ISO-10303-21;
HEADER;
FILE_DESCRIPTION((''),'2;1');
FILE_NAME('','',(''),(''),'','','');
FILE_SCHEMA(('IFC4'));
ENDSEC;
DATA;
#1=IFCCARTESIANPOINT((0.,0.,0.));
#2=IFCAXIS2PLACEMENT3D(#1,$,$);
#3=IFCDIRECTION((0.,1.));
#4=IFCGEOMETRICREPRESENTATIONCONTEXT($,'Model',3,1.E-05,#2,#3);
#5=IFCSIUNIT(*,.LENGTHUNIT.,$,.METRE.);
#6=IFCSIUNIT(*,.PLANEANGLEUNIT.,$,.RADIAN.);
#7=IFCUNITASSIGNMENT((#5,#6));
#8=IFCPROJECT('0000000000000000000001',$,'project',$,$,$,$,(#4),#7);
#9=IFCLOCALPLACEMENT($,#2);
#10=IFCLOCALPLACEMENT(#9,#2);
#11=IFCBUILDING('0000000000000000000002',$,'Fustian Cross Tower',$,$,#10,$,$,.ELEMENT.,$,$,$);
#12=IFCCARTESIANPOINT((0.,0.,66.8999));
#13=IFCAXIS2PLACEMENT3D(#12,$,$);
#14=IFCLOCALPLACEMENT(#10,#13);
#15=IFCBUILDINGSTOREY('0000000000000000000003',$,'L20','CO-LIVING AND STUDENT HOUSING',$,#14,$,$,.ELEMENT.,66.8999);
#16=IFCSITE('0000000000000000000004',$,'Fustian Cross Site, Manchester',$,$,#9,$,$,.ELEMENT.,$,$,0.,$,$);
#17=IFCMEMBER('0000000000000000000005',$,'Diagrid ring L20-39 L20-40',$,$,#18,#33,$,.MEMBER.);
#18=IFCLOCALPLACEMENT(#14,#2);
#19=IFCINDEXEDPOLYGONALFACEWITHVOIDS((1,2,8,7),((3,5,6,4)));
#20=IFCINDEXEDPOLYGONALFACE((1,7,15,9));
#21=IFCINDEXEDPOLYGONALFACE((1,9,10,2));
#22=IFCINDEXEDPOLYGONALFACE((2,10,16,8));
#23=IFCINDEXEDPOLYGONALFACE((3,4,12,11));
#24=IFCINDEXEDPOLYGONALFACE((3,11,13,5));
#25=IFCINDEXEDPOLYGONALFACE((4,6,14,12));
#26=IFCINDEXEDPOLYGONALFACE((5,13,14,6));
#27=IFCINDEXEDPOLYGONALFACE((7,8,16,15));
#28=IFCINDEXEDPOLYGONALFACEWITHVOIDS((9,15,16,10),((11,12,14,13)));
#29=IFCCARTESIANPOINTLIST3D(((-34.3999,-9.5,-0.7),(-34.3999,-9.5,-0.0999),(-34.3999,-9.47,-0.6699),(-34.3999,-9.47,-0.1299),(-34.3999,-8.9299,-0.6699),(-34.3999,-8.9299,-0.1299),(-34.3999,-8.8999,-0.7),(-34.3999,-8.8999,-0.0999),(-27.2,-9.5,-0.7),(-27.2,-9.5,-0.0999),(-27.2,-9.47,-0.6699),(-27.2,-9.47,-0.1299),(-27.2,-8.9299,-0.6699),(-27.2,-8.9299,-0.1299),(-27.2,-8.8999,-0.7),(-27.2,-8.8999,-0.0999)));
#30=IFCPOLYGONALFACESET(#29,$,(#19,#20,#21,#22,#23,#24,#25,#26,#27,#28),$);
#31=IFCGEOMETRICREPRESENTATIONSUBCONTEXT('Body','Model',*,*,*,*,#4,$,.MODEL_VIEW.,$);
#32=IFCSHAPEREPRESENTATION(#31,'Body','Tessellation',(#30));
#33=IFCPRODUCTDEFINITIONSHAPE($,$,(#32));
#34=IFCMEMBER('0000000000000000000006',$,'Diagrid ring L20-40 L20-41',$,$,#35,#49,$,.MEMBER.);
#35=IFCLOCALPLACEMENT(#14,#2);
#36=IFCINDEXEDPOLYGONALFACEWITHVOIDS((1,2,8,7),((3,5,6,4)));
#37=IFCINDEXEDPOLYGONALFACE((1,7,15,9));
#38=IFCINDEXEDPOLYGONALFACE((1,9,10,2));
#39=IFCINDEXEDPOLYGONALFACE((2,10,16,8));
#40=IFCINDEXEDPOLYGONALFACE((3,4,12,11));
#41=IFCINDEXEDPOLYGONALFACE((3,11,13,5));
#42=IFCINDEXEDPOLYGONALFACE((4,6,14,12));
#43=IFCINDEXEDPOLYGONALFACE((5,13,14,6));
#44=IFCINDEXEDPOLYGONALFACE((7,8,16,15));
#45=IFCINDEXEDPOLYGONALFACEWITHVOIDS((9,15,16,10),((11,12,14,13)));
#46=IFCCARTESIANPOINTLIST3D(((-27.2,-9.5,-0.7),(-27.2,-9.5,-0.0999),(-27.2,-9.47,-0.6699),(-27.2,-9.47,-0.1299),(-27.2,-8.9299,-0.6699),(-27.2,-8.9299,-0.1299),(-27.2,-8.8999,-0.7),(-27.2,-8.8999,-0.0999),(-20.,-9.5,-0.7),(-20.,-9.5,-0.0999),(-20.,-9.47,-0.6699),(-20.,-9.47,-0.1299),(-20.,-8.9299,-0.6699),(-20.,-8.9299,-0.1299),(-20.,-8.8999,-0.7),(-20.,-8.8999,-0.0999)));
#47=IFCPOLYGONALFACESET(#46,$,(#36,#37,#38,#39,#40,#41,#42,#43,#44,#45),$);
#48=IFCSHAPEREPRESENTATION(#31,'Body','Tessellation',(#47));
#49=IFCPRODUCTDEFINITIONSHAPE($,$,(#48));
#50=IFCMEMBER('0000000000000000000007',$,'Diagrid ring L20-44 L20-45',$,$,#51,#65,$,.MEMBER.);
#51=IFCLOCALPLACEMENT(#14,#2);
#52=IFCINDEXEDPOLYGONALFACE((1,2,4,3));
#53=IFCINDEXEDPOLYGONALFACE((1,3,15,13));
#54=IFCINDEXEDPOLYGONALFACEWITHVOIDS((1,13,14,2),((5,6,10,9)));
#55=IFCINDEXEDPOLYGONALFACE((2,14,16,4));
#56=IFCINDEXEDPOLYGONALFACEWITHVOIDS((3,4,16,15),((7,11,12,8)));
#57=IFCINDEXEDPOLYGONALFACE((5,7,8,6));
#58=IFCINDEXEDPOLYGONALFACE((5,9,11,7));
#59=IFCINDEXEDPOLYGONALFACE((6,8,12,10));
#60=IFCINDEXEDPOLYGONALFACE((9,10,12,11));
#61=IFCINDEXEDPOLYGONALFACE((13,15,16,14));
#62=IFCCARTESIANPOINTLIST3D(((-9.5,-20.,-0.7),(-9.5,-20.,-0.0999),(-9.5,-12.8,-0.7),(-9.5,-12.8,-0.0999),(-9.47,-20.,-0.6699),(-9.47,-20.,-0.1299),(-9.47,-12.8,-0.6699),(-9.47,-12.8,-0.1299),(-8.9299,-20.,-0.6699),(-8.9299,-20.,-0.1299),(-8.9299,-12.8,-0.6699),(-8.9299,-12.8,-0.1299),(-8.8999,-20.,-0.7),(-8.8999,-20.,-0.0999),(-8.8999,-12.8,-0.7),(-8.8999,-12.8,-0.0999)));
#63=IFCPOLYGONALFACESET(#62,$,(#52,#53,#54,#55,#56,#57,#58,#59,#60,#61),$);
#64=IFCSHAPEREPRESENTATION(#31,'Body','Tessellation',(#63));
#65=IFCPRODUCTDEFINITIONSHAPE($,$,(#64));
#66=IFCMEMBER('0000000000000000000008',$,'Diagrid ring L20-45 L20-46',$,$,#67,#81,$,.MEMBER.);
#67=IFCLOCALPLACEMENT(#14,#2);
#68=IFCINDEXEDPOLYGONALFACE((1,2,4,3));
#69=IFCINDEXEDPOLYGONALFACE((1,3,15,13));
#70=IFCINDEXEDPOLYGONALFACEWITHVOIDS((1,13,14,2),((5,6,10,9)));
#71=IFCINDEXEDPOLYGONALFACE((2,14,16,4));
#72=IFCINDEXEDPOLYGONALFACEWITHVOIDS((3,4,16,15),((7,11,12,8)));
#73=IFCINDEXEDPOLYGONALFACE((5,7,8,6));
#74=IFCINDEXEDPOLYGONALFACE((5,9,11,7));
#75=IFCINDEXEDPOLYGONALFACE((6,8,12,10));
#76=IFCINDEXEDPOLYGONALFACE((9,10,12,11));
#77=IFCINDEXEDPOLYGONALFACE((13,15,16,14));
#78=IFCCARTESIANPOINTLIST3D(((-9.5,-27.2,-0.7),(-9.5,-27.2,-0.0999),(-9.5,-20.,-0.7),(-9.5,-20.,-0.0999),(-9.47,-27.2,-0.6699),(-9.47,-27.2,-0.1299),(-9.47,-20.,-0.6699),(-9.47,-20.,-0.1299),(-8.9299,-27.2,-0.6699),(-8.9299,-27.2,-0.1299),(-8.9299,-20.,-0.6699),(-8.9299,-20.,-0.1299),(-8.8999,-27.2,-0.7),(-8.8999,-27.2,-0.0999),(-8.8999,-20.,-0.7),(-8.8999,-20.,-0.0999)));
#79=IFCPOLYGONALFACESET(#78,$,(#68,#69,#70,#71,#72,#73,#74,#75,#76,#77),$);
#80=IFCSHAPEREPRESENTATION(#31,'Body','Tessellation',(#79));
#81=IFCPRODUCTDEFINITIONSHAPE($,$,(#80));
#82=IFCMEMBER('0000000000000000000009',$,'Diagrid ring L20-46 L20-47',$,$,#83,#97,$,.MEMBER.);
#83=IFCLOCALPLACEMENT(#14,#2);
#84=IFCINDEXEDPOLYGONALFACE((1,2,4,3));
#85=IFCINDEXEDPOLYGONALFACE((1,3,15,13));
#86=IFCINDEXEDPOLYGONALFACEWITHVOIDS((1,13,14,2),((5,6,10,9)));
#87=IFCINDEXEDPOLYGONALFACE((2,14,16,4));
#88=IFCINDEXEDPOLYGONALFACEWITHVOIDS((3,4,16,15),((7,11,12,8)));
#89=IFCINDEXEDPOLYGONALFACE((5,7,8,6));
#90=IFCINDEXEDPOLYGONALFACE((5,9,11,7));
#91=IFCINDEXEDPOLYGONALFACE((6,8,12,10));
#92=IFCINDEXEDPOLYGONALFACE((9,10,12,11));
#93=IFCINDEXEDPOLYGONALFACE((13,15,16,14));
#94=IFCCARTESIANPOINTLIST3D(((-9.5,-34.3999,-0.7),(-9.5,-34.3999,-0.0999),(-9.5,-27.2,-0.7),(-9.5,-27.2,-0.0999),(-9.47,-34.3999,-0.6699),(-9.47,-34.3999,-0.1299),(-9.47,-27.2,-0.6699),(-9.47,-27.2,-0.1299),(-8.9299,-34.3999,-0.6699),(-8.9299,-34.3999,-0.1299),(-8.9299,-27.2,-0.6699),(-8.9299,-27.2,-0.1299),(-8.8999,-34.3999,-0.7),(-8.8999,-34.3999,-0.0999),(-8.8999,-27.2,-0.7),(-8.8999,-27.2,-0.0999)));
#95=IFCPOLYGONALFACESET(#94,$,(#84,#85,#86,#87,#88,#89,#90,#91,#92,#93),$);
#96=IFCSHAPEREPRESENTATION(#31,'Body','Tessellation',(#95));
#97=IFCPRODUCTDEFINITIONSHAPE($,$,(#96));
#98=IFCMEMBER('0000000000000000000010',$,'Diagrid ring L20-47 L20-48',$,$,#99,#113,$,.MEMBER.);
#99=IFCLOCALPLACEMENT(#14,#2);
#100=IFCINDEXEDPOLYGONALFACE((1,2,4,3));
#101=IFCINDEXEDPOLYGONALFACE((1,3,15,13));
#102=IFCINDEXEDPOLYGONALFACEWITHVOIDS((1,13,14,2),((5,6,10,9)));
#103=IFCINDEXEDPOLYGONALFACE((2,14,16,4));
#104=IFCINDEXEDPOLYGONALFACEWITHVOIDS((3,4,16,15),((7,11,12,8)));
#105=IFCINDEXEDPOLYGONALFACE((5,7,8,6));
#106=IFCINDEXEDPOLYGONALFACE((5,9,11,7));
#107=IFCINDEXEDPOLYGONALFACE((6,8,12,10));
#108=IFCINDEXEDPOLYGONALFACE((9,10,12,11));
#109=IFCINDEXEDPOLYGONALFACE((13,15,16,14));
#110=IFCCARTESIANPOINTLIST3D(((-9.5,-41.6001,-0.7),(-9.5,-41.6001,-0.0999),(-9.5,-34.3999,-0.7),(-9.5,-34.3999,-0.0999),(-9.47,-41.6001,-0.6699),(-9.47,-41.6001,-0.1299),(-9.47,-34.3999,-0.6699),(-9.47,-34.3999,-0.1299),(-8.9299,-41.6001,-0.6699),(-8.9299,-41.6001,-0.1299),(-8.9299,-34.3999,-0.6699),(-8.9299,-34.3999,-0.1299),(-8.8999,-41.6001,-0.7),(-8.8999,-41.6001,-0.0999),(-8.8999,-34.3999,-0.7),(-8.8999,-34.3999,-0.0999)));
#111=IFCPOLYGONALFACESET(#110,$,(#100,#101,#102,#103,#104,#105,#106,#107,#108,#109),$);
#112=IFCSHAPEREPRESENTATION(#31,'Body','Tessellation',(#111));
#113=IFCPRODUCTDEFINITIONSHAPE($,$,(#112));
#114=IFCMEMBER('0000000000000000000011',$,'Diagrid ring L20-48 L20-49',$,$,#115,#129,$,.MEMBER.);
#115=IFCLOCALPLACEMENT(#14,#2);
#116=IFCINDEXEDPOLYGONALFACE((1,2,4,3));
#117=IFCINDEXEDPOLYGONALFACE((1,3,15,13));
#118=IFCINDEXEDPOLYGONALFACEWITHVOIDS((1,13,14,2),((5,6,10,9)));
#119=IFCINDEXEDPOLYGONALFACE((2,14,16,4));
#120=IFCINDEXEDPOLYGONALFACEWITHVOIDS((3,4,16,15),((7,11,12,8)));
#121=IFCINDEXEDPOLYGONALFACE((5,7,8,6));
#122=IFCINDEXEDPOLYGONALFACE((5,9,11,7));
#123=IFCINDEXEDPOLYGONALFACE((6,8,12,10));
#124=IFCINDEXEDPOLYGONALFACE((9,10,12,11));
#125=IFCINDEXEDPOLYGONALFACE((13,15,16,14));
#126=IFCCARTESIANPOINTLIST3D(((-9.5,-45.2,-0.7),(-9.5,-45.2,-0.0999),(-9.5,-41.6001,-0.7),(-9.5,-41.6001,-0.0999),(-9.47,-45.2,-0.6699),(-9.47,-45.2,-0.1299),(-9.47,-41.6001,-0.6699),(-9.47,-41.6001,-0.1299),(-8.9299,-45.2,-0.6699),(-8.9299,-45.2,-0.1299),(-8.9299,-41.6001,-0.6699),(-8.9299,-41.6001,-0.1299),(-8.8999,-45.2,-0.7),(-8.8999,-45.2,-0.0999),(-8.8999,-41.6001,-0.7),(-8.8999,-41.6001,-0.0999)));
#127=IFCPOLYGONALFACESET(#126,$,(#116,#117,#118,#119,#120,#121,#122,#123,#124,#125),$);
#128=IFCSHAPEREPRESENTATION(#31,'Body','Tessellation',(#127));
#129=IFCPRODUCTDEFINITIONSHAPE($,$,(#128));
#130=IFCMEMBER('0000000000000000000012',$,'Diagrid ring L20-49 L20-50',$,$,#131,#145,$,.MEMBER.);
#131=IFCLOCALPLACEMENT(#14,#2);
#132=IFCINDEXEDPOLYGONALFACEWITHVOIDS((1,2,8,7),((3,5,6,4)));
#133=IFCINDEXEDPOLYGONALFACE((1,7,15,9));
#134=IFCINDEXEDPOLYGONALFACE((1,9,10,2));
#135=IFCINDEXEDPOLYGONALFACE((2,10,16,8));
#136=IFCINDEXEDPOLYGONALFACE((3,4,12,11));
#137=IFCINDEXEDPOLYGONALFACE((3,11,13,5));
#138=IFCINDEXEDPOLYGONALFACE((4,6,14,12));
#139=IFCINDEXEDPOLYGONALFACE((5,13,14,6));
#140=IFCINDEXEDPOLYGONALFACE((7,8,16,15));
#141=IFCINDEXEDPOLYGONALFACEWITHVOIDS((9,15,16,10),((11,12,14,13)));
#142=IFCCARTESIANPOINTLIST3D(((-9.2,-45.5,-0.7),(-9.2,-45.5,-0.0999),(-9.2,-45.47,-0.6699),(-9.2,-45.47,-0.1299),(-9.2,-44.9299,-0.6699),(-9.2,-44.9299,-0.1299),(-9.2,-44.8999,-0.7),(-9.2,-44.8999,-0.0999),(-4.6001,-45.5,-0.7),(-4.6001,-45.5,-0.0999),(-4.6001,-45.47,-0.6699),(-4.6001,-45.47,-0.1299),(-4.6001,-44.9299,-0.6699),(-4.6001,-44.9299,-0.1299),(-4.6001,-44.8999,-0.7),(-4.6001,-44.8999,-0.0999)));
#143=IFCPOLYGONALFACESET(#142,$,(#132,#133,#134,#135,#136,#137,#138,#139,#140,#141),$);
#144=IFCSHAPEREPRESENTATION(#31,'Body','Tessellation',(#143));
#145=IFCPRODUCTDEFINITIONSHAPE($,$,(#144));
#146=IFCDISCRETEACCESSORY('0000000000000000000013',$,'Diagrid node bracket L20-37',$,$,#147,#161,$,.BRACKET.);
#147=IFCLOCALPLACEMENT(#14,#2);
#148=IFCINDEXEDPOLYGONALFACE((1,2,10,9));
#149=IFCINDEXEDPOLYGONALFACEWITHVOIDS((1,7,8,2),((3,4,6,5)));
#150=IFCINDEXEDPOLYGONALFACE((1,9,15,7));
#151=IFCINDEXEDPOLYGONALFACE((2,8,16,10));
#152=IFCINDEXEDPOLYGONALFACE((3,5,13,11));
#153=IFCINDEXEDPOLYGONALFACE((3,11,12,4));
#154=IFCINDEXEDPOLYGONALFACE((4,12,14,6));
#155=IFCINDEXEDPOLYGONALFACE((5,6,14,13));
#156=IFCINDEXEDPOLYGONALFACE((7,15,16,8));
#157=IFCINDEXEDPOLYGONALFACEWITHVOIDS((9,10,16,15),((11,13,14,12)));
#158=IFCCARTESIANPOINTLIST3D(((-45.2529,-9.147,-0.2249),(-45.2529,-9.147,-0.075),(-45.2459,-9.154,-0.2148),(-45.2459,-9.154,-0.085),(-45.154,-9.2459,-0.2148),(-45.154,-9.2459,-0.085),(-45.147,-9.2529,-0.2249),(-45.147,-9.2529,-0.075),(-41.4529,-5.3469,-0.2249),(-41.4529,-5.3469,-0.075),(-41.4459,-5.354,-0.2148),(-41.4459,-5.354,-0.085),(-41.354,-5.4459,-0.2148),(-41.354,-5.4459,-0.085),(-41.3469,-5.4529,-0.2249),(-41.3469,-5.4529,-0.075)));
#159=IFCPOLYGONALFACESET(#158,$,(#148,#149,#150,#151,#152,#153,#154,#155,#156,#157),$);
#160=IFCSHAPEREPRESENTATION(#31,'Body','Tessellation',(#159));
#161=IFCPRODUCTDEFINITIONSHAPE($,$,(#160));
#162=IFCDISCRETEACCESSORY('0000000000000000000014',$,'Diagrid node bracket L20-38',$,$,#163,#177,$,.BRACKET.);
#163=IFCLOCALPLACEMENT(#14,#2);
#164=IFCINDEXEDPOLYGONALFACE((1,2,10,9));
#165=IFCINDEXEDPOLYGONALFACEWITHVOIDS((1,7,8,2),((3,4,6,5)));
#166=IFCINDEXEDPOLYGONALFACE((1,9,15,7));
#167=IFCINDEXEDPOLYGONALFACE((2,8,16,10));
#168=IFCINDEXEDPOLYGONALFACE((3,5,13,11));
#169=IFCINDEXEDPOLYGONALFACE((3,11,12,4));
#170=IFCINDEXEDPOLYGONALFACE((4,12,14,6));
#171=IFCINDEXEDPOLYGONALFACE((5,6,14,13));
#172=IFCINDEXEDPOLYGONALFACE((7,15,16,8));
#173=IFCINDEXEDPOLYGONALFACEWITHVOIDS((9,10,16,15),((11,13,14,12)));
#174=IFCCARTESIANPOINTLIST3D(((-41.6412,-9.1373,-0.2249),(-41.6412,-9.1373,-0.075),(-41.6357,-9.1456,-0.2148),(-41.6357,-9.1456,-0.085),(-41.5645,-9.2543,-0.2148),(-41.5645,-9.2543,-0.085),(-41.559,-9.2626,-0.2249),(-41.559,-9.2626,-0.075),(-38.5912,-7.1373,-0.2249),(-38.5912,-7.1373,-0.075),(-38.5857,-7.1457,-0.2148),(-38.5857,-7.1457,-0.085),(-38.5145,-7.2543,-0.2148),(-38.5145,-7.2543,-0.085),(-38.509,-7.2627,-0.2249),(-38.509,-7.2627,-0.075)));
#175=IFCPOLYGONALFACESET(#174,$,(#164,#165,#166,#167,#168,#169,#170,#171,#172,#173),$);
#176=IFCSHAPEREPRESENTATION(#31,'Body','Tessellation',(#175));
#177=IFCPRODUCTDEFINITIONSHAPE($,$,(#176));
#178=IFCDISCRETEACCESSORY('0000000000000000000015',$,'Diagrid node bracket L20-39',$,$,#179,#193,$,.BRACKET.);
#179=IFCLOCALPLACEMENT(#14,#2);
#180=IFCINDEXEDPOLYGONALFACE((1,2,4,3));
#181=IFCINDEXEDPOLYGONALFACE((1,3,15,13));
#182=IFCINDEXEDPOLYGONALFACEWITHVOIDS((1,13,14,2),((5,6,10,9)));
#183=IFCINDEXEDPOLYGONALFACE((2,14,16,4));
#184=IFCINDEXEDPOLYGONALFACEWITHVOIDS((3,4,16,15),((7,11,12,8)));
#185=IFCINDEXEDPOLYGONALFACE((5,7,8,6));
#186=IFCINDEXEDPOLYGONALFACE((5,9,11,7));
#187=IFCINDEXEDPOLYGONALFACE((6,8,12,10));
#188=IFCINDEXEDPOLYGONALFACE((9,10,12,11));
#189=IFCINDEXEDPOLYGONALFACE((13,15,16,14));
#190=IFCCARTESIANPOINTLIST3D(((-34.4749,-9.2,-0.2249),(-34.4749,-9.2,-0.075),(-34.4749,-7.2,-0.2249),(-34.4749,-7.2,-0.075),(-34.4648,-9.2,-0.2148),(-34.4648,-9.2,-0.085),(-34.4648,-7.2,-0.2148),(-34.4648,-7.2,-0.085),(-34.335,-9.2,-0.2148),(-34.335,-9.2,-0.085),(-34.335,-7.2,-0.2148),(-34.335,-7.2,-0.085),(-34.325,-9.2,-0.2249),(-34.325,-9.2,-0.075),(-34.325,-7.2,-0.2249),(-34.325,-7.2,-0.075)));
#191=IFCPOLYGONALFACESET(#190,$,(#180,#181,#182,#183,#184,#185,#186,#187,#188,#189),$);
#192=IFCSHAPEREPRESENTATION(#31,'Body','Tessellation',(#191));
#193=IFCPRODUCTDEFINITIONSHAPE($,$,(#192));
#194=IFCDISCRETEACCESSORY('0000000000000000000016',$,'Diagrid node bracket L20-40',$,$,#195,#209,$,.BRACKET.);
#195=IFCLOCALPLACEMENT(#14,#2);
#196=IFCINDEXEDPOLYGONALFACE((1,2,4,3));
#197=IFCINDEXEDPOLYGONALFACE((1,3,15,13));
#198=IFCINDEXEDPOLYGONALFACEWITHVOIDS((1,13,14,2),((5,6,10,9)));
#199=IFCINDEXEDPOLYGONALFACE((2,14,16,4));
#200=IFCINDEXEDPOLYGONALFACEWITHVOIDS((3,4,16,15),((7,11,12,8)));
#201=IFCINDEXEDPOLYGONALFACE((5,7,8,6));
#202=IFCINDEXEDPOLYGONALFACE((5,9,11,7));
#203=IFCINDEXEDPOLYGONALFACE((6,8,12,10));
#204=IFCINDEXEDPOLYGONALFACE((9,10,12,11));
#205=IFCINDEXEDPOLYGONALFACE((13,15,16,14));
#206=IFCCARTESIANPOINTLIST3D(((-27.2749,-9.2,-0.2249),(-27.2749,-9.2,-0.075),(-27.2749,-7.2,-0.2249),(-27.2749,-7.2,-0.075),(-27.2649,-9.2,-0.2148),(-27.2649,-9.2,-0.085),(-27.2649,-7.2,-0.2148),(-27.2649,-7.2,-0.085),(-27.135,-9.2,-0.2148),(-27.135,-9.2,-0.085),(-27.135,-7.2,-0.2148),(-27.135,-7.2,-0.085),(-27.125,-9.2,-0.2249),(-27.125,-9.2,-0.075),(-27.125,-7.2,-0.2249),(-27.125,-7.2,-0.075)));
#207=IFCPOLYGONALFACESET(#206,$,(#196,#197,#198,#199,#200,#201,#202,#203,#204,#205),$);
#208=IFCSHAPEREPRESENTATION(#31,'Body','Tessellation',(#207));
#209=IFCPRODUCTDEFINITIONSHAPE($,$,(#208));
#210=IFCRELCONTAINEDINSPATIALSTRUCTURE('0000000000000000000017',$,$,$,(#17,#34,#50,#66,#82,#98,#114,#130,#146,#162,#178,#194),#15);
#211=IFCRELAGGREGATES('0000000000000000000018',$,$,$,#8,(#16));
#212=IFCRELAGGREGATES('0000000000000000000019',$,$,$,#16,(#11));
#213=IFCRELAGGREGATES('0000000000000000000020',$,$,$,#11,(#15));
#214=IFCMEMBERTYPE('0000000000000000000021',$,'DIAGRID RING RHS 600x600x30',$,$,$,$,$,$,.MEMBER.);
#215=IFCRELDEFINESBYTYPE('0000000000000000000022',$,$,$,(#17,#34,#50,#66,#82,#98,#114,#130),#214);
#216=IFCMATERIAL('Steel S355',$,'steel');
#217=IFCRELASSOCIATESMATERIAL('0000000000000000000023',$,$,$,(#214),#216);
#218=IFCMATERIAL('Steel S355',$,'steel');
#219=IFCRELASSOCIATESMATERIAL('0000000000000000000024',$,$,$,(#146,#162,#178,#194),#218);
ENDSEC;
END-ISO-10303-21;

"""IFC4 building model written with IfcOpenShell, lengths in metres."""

from ifc_helpers import new_model, si_unit, direction, frame, origin, origin_2d, place, context, subcontext, project, spatial, hollow_rectangle, extrude, material, material_profile, profile_set, type_object, element, save


model = new_model("IFC4")

# Units and contexts
model_context = context("Model", 3, precision=1e-05, world=origin(), true_north=direction((0.0, 1.0)))
body_context = subcontext(model_context, "Body", "Model", "MODEL_VIEW")
ifc_project = project(units=[si_unit("LENGTHUNIT", "METRE"), si_unit("PLANEANGLEUNIT", "RADIAN")], contexts=[model_context])

# Site, building, storey
site_placement = place(None, origin())
site = spatial("IfcSite", under=ifc_project, at=site_placement, Name="Fustian Cross Site, Manchester", CompositionType="ELEMENT", RefElevation=0.0)
building_placement = place(site_placement, origin())
building = spatial("IfcBuilding", under=site, at=building_placement, Name="Fustian Cross Tower", CompositionType="ELEMENT")
storey_placement = place(building_placement, frame((0.0, 0.0, 66.8999)))
storey = spatial("IfcBuildingStorey", under=building, at=storey_placement, Name="L20", Description="CO-LIVING AND STUDENT HOUSING", CompositionType="ELEMENT", Elevation=66.8999)

# Members
ifc_material_1 = material(Name="Steel S355", Category="steel")
ifc_material_profile_1 = material_profile(ifc_material_1, hollow_rectangle(XDim=0.6001, YDim=0.6001, WallThickness=0.03, at=origin_2d()), Name="RHS 600x600x30")
ifc_profile_set_1 = profile_set([ifc_material_profile_1], Name="Steel S355")
member_type_1 = type_object("IfcMemberType", Name="DIAGRID RING RHS 600x600x30", PredefinedType="MEMBER", material=ifc_profile_set_1)
for number, where, z_axis, x_axis, name in (
    (1, (-34.3999, -9.2, -0.3999), (1.0, 0.0, 0.0), (0.0, 1.0, 0.0), "Diagrid ring L20-39 L20-40"),
    (2, (-27.2, -9.2, -0.3999), (1.0, 0.0, 0.0), (0.0, 1.0, 0.0), "Diagrid ring L20-40 L20-41"),
    (3, (-9.2, -12.8, -0.3999), (0.0, -1.0, 0.0), (1.0, 0.0, 0.0), "Diagrid ring L20-44 L20-45"),
    (4, (-9.2, -20.0, -0.3999), (0.0, -1.0, 0.0), (1.0, 0.0, 0.0), "Diagrid ring L20-45 L20-46"),
    (5, (-9.2, -27.2, -0.3999), (0.0, -1.0, 0.0), (1.0, 0.0, 0.0), "Diagrid ring L20-46 L20-47"),
):
    element("IfcMember", number, at=place(storey_placement, frame(where, z_axis=z_axis, x_axis=x_axis)), inside=storey, type_object=member_type_1, Name=name, PredefinedType="MEMBER", context=body_context, shape_type="SweptSolid", body=[
        extrude(hollow_rectangle(XDim=0.6001, YDim=0.6001, WallThickness=0.03, at=origin_2d()), origin(), (0.0, 0.0, 1.0), 7.2),
    ])
member_1_placement = place(storey_placement, frame((-9.2, -34.3999, -0.3999), z_axis=(0.0, -1.0, 0.0), x_axis=(1.0, 0.0, 0.0)))
element("IfcMember", 6, at=member_1_placement, inside=storey, type_object=member_type_1, Name="Diagrid ring L20-47 L20-48", PredefinedType="MEMBER", context=body_context, shape_type="SweptSolid", body=[
    extrude(hollow_rectangle(XDim=0.6001, YDim=0.6001, WallThickness=0.03, at=origin_2d()), origin(), (0.0, 0.0, 1.0), 7.2002),
])
member_2_placement = place(storey_placement, frame((-9.2, -41.6001, -0.3999), z_axis=(0.0, -1.0, 0.0), x_axis=(1.0, 0.0, 0.0)))
element("IfcMember", 7, at=member_2_placement, inside=storey, type_object=member_type_1, Name="Diagrid ring L20-48 L20-49", PredefinedType="MEMBER", context=body_context, shape_type="SweptSolid", body=[
    extrude(hollow_rectangle(XDim=0.6001, YDim=0.6001, WallThickness=0.03, at=origin_2d()), origin(), (0.0, 0.0, 1.0), 3.5999),
])
member_3_placement = place(storey_placement, frame((-9.2, -45.2, -0.3999), z_axis=(1.0, 0.0, 0.0), x_axis=(0.0, 1.0, 0.0)))
element("IfcMember", 8, at=member_3_placement, inside=storey, type_object=member_type_1, Name="Diagrid ring L20-49 L20-50", PredefinedType="MEMBER", context=body_context, shape_type="SweptSolid", body=[
    extrude(hollow_rectangle(XDim=0.6001, YDim=0.6001, WallThickness=0.03, at=origin_2d()), origin(), (0.0, 0.0, 1.0), 4.5999),
])

# Discrete accessories
ifc_material_2 = material(Name="Steel S355", Category="steel")
discrete_accessory_1_placement = place(storey_placement, frame((-45.2, -9.2, -0.1499), z_axis=(0.707107, 0.707107, 0.0), x_axis=(-0.707107, 0.707107, 0.0)))
element("IfcDiscreteAccessory", 9, at=discrete_accessory_1_placement, inside=storey, material=ifc_material_2, Name="Diagrid node bracket L20-37", PredefinedType="BRACKET", context=body_context, shape_type="SweptSolid", body=[
    extrude(hollow_rectangle(XDim=0.1499, YDim=0.1499, WallThickness=0.01, at=origin_2d()), origin(), (0.0, 0.0, 1.0), 5.374),
])
discrete_accessory_2_placement = place(storey_placement, frame((-41.6001, -9.2, -0.1499), z_axis=(0.836248, 0.548351, 0.0), x_axis=(-0.548351, 0.836248, 0.0)))
element("IfcDiscreteAccessory", 10, at=discrete_accessory_2_placement, inside=storey, material=ifc_material_2, Name="Diagrid node bracket L20-38", PredefinedType="BRACKET", context=body_context, shape_type="SweptSolid", body=[
    extrude(hollow_rectangle(XDim=0.1499, YDim=0.1499, WallThickness=0.01, at=origin_2d()), origin(), (0.0, 0.0, 1.0), 3.6472),
])
for number, where, z_axis, x_axis, name in (
    (11, (-34.3999, -9.2, -0.1499), (0.0, 1.0, 0.0), (-1.0, 0.0, 0.0), "Diagrid node bracket L20-39"),
    (12, (-27.2, -9.2, -0.1499), (0.0, 1.0, 0.0), (-1.0, 0.0, 0.0), "Diagrid node bracket L20-40"),
):
    element("IfcDiscreteAccessory", number, at=place(storey_placement, frame(where, z_axis=z_axis, x_axis=x_axis)), inside=storey, material=ifc_material_2, Name=name, PredefinedType="BRACKET", context=body_context, shape_type="SweptSolid", body=[
        extrude(hollow_rectangle(XDim=0.1499, YDim=0.1499, WallThickness=0.01, at=origin_2d()), origin(), (0.0, 0.0, 1.0), 2.0),
    ])

save(model, "model.ifc")
